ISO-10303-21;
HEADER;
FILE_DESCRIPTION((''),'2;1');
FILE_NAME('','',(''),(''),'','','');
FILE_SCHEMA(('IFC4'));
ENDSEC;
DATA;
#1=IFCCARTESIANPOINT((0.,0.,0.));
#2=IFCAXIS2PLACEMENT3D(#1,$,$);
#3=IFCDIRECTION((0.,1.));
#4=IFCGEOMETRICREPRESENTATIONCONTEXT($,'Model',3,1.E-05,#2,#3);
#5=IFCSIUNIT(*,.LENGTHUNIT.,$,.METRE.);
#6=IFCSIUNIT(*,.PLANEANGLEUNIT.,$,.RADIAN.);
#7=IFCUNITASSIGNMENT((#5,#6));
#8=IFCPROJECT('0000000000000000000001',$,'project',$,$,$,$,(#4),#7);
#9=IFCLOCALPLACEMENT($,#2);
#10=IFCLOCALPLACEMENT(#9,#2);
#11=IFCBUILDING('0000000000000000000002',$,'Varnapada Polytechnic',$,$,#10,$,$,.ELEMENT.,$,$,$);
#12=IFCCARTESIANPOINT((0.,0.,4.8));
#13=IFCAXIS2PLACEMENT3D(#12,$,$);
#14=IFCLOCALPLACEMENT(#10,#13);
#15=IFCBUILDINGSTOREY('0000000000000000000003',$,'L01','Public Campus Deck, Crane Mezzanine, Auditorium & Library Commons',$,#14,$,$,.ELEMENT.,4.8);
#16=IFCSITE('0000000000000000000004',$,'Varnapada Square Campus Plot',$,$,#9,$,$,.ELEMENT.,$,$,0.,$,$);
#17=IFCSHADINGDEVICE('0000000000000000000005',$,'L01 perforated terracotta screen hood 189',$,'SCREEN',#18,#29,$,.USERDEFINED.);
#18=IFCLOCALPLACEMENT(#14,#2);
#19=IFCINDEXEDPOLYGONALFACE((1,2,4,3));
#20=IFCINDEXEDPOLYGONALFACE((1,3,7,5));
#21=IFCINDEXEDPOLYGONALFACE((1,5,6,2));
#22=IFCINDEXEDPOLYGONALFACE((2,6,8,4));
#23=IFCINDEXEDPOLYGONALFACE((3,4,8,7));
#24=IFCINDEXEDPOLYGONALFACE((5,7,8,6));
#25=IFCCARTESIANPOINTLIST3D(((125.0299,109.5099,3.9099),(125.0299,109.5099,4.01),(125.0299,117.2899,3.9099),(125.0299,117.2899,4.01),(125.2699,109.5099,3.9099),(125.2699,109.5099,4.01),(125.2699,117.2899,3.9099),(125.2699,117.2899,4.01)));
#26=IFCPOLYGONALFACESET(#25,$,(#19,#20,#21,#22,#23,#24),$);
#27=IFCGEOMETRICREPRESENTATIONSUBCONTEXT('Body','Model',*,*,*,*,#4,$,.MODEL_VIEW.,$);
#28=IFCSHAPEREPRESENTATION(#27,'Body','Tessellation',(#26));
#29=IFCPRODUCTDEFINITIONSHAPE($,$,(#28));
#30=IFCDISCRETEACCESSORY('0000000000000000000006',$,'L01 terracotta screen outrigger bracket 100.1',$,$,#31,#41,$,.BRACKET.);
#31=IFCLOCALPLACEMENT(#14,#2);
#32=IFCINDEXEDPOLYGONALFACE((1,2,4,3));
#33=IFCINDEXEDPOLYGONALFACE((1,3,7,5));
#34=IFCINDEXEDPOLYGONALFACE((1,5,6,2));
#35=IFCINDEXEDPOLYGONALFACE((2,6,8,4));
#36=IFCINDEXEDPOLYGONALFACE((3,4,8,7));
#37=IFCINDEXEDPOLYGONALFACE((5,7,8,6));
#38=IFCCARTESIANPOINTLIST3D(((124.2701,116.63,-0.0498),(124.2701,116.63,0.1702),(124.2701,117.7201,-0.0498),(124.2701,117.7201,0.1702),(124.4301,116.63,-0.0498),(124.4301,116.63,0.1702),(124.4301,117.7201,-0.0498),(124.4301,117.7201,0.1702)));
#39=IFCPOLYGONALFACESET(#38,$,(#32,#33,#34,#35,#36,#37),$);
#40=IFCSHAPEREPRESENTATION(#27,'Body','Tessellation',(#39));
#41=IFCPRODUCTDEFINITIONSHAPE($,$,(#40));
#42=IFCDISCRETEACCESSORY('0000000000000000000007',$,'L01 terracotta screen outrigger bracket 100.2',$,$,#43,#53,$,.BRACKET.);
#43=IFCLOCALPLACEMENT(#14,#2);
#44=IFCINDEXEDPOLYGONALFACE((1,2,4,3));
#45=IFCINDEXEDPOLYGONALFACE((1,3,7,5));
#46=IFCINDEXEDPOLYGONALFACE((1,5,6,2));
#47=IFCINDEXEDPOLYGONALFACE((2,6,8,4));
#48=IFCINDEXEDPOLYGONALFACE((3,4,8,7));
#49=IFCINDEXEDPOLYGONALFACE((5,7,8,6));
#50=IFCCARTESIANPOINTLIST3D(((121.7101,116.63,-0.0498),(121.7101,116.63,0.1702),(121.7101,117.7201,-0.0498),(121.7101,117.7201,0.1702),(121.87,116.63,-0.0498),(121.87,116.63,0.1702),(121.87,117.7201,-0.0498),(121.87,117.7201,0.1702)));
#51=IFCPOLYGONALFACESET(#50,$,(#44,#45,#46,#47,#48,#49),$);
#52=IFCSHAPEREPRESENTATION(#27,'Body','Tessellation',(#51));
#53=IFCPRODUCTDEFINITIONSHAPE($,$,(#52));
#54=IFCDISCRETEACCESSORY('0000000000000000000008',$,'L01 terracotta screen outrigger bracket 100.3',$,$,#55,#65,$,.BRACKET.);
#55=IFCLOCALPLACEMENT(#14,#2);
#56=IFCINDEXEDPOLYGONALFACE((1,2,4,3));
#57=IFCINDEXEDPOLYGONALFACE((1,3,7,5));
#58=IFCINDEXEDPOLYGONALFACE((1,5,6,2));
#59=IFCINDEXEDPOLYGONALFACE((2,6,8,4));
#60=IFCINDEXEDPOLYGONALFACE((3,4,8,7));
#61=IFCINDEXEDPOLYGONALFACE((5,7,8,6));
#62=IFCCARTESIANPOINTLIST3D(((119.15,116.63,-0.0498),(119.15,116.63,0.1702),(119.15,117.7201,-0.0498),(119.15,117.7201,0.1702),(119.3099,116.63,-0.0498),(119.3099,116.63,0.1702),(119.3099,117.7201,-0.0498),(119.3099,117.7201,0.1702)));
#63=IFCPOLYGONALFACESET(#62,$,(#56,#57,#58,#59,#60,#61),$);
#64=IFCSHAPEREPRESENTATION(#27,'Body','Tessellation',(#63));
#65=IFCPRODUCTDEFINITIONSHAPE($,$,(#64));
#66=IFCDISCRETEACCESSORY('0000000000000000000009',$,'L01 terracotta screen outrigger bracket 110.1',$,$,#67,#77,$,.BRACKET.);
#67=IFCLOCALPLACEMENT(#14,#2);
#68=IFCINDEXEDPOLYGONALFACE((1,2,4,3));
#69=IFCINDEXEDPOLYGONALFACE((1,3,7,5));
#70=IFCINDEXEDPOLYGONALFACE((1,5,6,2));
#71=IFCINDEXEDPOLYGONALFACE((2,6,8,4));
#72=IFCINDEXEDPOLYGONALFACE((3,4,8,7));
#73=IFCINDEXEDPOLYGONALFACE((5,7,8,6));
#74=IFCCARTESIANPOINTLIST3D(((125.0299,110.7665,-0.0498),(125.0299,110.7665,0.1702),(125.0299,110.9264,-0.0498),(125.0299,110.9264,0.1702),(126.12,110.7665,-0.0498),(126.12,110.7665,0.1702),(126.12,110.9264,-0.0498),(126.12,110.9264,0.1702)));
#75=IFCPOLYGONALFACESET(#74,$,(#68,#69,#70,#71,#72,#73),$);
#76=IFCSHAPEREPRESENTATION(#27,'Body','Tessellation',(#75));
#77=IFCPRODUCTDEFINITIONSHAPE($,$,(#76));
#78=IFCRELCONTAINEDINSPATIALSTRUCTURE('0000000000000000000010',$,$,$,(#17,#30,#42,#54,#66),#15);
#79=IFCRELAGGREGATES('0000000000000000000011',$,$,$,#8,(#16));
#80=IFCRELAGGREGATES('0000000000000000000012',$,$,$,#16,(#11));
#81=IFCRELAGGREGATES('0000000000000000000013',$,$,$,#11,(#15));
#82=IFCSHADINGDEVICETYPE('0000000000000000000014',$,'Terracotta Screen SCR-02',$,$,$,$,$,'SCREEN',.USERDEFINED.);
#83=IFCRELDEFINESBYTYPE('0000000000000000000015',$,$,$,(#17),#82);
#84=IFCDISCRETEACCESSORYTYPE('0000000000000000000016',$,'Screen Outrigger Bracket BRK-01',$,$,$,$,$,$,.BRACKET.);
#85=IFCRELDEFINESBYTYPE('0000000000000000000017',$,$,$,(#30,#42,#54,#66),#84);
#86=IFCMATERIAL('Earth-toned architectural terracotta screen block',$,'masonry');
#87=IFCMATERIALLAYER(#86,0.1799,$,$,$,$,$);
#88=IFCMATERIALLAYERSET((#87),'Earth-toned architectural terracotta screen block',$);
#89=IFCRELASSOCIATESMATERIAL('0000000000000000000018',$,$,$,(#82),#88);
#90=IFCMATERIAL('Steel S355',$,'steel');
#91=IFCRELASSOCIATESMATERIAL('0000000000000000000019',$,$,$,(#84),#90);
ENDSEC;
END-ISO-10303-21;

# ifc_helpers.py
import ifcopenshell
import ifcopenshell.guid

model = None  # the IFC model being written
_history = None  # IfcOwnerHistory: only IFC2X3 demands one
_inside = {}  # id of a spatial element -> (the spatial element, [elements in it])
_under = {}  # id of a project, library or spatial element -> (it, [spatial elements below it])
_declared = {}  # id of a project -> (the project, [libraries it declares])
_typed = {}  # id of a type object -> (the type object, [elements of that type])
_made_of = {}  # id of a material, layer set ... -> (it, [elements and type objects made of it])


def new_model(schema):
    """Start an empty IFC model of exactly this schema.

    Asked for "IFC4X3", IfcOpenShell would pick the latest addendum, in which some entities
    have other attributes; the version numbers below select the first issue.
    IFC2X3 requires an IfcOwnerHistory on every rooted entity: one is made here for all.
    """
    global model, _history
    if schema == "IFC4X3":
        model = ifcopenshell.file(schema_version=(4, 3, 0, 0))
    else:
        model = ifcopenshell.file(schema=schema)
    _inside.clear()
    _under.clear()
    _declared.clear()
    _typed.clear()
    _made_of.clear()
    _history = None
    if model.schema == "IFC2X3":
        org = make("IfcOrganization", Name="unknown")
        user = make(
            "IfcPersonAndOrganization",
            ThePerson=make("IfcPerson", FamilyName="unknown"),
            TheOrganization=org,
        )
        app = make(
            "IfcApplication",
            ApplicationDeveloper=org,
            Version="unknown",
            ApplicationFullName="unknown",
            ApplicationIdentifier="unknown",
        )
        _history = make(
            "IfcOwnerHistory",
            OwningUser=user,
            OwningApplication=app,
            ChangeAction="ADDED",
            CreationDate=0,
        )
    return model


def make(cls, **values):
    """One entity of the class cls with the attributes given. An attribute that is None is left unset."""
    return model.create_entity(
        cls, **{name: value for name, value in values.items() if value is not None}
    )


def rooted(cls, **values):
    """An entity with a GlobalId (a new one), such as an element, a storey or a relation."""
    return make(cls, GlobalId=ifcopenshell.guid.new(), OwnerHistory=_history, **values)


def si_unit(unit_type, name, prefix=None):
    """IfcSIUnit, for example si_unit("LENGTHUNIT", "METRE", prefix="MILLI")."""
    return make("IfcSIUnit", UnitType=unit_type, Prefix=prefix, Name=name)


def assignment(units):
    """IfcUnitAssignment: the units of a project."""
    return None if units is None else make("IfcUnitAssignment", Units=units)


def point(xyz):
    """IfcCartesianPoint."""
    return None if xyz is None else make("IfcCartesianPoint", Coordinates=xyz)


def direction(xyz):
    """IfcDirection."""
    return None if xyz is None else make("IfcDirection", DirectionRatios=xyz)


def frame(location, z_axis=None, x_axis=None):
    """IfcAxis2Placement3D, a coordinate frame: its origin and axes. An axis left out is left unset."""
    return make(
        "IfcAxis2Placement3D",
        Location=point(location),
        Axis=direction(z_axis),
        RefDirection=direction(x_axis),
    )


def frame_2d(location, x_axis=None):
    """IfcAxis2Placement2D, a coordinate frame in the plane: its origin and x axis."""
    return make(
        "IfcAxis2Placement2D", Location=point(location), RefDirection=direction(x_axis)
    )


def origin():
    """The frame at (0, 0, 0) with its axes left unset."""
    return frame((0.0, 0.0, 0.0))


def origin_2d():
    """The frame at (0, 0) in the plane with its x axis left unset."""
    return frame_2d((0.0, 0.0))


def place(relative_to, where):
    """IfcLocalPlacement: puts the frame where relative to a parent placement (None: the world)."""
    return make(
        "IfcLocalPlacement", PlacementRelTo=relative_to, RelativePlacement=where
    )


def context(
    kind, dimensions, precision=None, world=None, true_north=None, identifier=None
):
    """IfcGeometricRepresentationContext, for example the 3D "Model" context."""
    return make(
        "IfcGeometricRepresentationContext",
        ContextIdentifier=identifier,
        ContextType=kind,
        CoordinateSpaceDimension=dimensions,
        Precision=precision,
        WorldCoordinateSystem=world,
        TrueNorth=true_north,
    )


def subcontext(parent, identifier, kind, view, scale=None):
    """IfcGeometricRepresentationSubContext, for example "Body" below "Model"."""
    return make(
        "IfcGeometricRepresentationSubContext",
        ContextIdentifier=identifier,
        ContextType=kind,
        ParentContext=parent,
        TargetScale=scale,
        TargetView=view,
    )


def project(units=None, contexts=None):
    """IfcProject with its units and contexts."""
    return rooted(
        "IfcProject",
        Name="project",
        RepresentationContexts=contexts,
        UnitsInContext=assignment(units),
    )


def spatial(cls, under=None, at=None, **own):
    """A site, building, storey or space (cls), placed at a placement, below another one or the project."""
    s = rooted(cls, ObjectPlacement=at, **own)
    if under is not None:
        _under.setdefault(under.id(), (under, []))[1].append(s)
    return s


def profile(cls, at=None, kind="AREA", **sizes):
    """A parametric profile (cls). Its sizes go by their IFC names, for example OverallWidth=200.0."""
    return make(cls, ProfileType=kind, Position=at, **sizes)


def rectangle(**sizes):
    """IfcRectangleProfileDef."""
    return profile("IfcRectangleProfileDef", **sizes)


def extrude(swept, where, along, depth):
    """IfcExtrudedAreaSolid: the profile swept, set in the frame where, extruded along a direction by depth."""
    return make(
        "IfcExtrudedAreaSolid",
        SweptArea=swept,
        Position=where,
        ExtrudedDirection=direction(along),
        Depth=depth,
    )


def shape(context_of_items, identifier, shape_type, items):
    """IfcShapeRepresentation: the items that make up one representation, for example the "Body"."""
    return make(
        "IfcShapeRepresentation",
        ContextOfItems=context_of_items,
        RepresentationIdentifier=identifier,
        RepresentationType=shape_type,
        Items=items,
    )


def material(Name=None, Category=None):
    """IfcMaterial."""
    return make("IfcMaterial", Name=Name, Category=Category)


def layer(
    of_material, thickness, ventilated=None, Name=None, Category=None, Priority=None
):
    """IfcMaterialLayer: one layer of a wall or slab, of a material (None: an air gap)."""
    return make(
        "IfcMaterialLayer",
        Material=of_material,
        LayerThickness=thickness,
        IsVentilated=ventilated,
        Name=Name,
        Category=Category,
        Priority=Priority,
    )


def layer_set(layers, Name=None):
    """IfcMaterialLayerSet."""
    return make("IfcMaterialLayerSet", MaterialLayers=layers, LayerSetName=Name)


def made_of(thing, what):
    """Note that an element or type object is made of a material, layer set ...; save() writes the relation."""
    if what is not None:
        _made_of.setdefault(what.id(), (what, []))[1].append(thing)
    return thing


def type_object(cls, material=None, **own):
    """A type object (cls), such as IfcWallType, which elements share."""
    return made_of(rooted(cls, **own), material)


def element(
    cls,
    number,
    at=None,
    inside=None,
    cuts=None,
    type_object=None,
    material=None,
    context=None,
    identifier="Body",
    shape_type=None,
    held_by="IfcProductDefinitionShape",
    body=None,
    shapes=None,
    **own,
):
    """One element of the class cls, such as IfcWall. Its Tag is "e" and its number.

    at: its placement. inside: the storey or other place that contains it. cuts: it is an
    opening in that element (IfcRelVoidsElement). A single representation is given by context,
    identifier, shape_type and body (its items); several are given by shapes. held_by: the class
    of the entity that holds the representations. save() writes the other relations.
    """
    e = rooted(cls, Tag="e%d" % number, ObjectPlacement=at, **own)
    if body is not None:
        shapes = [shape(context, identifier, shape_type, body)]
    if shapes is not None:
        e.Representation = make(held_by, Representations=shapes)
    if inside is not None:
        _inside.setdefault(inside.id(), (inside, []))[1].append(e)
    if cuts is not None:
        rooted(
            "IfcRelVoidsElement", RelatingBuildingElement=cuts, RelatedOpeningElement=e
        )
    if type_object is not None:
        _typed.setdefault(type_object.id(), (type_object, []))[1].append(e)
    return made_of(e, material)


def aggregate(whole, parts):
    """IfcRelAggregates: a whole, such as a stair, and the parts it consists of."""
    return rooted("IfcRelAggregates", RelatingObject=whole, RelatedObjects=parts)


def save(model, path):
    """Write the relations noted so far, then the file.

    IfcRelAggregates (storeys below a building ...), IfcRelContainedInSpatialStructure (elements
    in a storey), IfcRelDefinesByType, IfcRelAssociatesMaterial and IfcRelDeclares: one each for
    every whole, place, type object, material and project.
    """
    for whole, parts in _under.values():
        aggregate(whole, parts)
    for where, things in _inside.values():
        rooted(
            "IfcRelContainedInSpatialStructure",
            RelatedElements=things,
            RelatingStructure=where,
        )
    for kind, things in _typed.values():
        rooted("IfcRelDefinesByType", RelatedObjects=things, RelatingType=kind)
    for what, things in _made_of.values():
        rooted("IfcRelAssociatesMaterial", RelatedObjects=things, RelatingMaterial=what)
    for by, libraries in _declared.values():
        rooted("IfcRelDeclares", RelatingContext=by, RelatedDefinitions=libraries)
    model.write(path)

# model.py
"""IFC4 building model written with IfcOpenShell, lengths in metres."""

from ifc_helpers import new_model, si_unit, direction, frame, origin, origin_2d, place, context, subcontext, project, spatial, rectangle, extrude, material, layer, layer_set, type_object, element, save


model = new_model("IFC4")

# Units and contexts
model_context = context("Model", 3, precision=1e-05, world=origin(), true_north=direction((0.0, 1.0)))
body_context = subcontext(model_context, "Body", "Model", "MODEL_VIEW")
ifc_project = project(units=[si_unit("LENGTHUNIT", "METRE"), si_unit("PLANEANGLEUNIT", "RADIAN")], contexts=[model_context])

# Site, building, storey
site_placement = place(None, origin())
site = spatial("IfcSite", under=ifc_project, at=site_placement, Name="Varnapada Square Campus Plot", CompositionType="ELEMENT", RefElevation=0.0)
building_placement = place(site_placement, origin())
building = spatial("IfcBuilding", under=site, at=building_placement, Name="Varnapada Polytechnic", CompositionType="ELEMENT")
storey_placement = place(building_placement, frame((0.0, 0.0, 4.8)))
storey = spatial("IfcBuildingStorey", under=building, at=storey_placement, Name="L01", Description="Public Campus Deck, Crane Mezzanine, Auditorium & Library Commons", CompositionType="ELEMENT", Elevation=4.8)

# Shared definitions
ifc_material_1 = material(Name="Steel S355", Category="steel")

# Shared definitions
ifc_material_2 = material(Name="Earth-toned architectural terracotta screen block", Category="masonry")

# Shading device
ifc_layer_1 = layer(ifc_material_2, 0.1799)
ifc_layer_set_1 = layer_set([ifc_layer_1], Name="Earth-toned architectural terracotta screen block")
shading_device_type_1 = type_object("IfcShadingDeviceType", Name="Terracotta Screen SCR-02", ElementType="SCREEN", PredefinedType="USERDEFINED", material=ifc_layer_set_1)
shading_device_1_placement = place(storey_placement, frame((125.1499, 113.3999, 3.9099), z_axis=(0.0, 0.0, 1.0), x_axis=(0.0, 1.0, 0.0)))
element("IfcShadingDevice", 1, at=shading_device_1_placement, inside=storey, type_object=shading_device_type_1, Name="L01 perforated terracotta screen hood 189", ObjectType="SCREEN", PredefinedType="USERDEFINED", context=body_context, shape_type="SweptSolid", body=[
    extrude(rectangle(XDim=7.78, YDim=0.24, at=origin_2d()), origin(), (0.0, 0.0, 1.0), 0.1001),
])

# Discrete accessories
discrete_accessory_type = type_object("IfcDiscreteAccessoryType", Name="Screen Outrigger Bracket BRK-01", PredefinedType="BRACKET", material=ifc_material_1)
for number, where, z_axis, x_axis, name in (
    (2, (124.3501, 117.175, -0.0498), (0.0, 0.0, 1.0), (-1.0, 0.0, 0.0), "L01 terracotta screen outrigger bracket 100.1"),
    (3, (121.79, 117.175, -0.0498), (0.0, 0.0, 1.0), (-1.0, 0.0, 0.0), "L01 terracotta screen outrigger bracket 100.2"),
    (4, (119.23, 117.175, -0.0498), (0.0, 0.0, 1.0), (-1.0, 0.0, 0.0), "L01 terracotta screen outrigger bracket 100.3"),
    (5, (125.575, 110.8464, -0.0498), (0.0, 0.0, 1.0), (0.0, 1.0, 0.0), "L01 terracotta screen outrigger bracket 110.1"),
):
    element("IfcDiscreteAccessory", number, at=place(storey_placement, frame(where, z_axis=z_axis, x_axis=x_axis)), inside=storey, type_object=discrete_accessory_type, Name=name, PredefinedType="BRACKET", context=body_context, shape_type="SweptSolid", body=[
        extrude(rectangle(XDim=0.1599, YDim=1.0901, at=origin_2d()), origin(), (0.0, 0.0, 1.0), 0.22),
    ])

save(model, "model.ifc")
